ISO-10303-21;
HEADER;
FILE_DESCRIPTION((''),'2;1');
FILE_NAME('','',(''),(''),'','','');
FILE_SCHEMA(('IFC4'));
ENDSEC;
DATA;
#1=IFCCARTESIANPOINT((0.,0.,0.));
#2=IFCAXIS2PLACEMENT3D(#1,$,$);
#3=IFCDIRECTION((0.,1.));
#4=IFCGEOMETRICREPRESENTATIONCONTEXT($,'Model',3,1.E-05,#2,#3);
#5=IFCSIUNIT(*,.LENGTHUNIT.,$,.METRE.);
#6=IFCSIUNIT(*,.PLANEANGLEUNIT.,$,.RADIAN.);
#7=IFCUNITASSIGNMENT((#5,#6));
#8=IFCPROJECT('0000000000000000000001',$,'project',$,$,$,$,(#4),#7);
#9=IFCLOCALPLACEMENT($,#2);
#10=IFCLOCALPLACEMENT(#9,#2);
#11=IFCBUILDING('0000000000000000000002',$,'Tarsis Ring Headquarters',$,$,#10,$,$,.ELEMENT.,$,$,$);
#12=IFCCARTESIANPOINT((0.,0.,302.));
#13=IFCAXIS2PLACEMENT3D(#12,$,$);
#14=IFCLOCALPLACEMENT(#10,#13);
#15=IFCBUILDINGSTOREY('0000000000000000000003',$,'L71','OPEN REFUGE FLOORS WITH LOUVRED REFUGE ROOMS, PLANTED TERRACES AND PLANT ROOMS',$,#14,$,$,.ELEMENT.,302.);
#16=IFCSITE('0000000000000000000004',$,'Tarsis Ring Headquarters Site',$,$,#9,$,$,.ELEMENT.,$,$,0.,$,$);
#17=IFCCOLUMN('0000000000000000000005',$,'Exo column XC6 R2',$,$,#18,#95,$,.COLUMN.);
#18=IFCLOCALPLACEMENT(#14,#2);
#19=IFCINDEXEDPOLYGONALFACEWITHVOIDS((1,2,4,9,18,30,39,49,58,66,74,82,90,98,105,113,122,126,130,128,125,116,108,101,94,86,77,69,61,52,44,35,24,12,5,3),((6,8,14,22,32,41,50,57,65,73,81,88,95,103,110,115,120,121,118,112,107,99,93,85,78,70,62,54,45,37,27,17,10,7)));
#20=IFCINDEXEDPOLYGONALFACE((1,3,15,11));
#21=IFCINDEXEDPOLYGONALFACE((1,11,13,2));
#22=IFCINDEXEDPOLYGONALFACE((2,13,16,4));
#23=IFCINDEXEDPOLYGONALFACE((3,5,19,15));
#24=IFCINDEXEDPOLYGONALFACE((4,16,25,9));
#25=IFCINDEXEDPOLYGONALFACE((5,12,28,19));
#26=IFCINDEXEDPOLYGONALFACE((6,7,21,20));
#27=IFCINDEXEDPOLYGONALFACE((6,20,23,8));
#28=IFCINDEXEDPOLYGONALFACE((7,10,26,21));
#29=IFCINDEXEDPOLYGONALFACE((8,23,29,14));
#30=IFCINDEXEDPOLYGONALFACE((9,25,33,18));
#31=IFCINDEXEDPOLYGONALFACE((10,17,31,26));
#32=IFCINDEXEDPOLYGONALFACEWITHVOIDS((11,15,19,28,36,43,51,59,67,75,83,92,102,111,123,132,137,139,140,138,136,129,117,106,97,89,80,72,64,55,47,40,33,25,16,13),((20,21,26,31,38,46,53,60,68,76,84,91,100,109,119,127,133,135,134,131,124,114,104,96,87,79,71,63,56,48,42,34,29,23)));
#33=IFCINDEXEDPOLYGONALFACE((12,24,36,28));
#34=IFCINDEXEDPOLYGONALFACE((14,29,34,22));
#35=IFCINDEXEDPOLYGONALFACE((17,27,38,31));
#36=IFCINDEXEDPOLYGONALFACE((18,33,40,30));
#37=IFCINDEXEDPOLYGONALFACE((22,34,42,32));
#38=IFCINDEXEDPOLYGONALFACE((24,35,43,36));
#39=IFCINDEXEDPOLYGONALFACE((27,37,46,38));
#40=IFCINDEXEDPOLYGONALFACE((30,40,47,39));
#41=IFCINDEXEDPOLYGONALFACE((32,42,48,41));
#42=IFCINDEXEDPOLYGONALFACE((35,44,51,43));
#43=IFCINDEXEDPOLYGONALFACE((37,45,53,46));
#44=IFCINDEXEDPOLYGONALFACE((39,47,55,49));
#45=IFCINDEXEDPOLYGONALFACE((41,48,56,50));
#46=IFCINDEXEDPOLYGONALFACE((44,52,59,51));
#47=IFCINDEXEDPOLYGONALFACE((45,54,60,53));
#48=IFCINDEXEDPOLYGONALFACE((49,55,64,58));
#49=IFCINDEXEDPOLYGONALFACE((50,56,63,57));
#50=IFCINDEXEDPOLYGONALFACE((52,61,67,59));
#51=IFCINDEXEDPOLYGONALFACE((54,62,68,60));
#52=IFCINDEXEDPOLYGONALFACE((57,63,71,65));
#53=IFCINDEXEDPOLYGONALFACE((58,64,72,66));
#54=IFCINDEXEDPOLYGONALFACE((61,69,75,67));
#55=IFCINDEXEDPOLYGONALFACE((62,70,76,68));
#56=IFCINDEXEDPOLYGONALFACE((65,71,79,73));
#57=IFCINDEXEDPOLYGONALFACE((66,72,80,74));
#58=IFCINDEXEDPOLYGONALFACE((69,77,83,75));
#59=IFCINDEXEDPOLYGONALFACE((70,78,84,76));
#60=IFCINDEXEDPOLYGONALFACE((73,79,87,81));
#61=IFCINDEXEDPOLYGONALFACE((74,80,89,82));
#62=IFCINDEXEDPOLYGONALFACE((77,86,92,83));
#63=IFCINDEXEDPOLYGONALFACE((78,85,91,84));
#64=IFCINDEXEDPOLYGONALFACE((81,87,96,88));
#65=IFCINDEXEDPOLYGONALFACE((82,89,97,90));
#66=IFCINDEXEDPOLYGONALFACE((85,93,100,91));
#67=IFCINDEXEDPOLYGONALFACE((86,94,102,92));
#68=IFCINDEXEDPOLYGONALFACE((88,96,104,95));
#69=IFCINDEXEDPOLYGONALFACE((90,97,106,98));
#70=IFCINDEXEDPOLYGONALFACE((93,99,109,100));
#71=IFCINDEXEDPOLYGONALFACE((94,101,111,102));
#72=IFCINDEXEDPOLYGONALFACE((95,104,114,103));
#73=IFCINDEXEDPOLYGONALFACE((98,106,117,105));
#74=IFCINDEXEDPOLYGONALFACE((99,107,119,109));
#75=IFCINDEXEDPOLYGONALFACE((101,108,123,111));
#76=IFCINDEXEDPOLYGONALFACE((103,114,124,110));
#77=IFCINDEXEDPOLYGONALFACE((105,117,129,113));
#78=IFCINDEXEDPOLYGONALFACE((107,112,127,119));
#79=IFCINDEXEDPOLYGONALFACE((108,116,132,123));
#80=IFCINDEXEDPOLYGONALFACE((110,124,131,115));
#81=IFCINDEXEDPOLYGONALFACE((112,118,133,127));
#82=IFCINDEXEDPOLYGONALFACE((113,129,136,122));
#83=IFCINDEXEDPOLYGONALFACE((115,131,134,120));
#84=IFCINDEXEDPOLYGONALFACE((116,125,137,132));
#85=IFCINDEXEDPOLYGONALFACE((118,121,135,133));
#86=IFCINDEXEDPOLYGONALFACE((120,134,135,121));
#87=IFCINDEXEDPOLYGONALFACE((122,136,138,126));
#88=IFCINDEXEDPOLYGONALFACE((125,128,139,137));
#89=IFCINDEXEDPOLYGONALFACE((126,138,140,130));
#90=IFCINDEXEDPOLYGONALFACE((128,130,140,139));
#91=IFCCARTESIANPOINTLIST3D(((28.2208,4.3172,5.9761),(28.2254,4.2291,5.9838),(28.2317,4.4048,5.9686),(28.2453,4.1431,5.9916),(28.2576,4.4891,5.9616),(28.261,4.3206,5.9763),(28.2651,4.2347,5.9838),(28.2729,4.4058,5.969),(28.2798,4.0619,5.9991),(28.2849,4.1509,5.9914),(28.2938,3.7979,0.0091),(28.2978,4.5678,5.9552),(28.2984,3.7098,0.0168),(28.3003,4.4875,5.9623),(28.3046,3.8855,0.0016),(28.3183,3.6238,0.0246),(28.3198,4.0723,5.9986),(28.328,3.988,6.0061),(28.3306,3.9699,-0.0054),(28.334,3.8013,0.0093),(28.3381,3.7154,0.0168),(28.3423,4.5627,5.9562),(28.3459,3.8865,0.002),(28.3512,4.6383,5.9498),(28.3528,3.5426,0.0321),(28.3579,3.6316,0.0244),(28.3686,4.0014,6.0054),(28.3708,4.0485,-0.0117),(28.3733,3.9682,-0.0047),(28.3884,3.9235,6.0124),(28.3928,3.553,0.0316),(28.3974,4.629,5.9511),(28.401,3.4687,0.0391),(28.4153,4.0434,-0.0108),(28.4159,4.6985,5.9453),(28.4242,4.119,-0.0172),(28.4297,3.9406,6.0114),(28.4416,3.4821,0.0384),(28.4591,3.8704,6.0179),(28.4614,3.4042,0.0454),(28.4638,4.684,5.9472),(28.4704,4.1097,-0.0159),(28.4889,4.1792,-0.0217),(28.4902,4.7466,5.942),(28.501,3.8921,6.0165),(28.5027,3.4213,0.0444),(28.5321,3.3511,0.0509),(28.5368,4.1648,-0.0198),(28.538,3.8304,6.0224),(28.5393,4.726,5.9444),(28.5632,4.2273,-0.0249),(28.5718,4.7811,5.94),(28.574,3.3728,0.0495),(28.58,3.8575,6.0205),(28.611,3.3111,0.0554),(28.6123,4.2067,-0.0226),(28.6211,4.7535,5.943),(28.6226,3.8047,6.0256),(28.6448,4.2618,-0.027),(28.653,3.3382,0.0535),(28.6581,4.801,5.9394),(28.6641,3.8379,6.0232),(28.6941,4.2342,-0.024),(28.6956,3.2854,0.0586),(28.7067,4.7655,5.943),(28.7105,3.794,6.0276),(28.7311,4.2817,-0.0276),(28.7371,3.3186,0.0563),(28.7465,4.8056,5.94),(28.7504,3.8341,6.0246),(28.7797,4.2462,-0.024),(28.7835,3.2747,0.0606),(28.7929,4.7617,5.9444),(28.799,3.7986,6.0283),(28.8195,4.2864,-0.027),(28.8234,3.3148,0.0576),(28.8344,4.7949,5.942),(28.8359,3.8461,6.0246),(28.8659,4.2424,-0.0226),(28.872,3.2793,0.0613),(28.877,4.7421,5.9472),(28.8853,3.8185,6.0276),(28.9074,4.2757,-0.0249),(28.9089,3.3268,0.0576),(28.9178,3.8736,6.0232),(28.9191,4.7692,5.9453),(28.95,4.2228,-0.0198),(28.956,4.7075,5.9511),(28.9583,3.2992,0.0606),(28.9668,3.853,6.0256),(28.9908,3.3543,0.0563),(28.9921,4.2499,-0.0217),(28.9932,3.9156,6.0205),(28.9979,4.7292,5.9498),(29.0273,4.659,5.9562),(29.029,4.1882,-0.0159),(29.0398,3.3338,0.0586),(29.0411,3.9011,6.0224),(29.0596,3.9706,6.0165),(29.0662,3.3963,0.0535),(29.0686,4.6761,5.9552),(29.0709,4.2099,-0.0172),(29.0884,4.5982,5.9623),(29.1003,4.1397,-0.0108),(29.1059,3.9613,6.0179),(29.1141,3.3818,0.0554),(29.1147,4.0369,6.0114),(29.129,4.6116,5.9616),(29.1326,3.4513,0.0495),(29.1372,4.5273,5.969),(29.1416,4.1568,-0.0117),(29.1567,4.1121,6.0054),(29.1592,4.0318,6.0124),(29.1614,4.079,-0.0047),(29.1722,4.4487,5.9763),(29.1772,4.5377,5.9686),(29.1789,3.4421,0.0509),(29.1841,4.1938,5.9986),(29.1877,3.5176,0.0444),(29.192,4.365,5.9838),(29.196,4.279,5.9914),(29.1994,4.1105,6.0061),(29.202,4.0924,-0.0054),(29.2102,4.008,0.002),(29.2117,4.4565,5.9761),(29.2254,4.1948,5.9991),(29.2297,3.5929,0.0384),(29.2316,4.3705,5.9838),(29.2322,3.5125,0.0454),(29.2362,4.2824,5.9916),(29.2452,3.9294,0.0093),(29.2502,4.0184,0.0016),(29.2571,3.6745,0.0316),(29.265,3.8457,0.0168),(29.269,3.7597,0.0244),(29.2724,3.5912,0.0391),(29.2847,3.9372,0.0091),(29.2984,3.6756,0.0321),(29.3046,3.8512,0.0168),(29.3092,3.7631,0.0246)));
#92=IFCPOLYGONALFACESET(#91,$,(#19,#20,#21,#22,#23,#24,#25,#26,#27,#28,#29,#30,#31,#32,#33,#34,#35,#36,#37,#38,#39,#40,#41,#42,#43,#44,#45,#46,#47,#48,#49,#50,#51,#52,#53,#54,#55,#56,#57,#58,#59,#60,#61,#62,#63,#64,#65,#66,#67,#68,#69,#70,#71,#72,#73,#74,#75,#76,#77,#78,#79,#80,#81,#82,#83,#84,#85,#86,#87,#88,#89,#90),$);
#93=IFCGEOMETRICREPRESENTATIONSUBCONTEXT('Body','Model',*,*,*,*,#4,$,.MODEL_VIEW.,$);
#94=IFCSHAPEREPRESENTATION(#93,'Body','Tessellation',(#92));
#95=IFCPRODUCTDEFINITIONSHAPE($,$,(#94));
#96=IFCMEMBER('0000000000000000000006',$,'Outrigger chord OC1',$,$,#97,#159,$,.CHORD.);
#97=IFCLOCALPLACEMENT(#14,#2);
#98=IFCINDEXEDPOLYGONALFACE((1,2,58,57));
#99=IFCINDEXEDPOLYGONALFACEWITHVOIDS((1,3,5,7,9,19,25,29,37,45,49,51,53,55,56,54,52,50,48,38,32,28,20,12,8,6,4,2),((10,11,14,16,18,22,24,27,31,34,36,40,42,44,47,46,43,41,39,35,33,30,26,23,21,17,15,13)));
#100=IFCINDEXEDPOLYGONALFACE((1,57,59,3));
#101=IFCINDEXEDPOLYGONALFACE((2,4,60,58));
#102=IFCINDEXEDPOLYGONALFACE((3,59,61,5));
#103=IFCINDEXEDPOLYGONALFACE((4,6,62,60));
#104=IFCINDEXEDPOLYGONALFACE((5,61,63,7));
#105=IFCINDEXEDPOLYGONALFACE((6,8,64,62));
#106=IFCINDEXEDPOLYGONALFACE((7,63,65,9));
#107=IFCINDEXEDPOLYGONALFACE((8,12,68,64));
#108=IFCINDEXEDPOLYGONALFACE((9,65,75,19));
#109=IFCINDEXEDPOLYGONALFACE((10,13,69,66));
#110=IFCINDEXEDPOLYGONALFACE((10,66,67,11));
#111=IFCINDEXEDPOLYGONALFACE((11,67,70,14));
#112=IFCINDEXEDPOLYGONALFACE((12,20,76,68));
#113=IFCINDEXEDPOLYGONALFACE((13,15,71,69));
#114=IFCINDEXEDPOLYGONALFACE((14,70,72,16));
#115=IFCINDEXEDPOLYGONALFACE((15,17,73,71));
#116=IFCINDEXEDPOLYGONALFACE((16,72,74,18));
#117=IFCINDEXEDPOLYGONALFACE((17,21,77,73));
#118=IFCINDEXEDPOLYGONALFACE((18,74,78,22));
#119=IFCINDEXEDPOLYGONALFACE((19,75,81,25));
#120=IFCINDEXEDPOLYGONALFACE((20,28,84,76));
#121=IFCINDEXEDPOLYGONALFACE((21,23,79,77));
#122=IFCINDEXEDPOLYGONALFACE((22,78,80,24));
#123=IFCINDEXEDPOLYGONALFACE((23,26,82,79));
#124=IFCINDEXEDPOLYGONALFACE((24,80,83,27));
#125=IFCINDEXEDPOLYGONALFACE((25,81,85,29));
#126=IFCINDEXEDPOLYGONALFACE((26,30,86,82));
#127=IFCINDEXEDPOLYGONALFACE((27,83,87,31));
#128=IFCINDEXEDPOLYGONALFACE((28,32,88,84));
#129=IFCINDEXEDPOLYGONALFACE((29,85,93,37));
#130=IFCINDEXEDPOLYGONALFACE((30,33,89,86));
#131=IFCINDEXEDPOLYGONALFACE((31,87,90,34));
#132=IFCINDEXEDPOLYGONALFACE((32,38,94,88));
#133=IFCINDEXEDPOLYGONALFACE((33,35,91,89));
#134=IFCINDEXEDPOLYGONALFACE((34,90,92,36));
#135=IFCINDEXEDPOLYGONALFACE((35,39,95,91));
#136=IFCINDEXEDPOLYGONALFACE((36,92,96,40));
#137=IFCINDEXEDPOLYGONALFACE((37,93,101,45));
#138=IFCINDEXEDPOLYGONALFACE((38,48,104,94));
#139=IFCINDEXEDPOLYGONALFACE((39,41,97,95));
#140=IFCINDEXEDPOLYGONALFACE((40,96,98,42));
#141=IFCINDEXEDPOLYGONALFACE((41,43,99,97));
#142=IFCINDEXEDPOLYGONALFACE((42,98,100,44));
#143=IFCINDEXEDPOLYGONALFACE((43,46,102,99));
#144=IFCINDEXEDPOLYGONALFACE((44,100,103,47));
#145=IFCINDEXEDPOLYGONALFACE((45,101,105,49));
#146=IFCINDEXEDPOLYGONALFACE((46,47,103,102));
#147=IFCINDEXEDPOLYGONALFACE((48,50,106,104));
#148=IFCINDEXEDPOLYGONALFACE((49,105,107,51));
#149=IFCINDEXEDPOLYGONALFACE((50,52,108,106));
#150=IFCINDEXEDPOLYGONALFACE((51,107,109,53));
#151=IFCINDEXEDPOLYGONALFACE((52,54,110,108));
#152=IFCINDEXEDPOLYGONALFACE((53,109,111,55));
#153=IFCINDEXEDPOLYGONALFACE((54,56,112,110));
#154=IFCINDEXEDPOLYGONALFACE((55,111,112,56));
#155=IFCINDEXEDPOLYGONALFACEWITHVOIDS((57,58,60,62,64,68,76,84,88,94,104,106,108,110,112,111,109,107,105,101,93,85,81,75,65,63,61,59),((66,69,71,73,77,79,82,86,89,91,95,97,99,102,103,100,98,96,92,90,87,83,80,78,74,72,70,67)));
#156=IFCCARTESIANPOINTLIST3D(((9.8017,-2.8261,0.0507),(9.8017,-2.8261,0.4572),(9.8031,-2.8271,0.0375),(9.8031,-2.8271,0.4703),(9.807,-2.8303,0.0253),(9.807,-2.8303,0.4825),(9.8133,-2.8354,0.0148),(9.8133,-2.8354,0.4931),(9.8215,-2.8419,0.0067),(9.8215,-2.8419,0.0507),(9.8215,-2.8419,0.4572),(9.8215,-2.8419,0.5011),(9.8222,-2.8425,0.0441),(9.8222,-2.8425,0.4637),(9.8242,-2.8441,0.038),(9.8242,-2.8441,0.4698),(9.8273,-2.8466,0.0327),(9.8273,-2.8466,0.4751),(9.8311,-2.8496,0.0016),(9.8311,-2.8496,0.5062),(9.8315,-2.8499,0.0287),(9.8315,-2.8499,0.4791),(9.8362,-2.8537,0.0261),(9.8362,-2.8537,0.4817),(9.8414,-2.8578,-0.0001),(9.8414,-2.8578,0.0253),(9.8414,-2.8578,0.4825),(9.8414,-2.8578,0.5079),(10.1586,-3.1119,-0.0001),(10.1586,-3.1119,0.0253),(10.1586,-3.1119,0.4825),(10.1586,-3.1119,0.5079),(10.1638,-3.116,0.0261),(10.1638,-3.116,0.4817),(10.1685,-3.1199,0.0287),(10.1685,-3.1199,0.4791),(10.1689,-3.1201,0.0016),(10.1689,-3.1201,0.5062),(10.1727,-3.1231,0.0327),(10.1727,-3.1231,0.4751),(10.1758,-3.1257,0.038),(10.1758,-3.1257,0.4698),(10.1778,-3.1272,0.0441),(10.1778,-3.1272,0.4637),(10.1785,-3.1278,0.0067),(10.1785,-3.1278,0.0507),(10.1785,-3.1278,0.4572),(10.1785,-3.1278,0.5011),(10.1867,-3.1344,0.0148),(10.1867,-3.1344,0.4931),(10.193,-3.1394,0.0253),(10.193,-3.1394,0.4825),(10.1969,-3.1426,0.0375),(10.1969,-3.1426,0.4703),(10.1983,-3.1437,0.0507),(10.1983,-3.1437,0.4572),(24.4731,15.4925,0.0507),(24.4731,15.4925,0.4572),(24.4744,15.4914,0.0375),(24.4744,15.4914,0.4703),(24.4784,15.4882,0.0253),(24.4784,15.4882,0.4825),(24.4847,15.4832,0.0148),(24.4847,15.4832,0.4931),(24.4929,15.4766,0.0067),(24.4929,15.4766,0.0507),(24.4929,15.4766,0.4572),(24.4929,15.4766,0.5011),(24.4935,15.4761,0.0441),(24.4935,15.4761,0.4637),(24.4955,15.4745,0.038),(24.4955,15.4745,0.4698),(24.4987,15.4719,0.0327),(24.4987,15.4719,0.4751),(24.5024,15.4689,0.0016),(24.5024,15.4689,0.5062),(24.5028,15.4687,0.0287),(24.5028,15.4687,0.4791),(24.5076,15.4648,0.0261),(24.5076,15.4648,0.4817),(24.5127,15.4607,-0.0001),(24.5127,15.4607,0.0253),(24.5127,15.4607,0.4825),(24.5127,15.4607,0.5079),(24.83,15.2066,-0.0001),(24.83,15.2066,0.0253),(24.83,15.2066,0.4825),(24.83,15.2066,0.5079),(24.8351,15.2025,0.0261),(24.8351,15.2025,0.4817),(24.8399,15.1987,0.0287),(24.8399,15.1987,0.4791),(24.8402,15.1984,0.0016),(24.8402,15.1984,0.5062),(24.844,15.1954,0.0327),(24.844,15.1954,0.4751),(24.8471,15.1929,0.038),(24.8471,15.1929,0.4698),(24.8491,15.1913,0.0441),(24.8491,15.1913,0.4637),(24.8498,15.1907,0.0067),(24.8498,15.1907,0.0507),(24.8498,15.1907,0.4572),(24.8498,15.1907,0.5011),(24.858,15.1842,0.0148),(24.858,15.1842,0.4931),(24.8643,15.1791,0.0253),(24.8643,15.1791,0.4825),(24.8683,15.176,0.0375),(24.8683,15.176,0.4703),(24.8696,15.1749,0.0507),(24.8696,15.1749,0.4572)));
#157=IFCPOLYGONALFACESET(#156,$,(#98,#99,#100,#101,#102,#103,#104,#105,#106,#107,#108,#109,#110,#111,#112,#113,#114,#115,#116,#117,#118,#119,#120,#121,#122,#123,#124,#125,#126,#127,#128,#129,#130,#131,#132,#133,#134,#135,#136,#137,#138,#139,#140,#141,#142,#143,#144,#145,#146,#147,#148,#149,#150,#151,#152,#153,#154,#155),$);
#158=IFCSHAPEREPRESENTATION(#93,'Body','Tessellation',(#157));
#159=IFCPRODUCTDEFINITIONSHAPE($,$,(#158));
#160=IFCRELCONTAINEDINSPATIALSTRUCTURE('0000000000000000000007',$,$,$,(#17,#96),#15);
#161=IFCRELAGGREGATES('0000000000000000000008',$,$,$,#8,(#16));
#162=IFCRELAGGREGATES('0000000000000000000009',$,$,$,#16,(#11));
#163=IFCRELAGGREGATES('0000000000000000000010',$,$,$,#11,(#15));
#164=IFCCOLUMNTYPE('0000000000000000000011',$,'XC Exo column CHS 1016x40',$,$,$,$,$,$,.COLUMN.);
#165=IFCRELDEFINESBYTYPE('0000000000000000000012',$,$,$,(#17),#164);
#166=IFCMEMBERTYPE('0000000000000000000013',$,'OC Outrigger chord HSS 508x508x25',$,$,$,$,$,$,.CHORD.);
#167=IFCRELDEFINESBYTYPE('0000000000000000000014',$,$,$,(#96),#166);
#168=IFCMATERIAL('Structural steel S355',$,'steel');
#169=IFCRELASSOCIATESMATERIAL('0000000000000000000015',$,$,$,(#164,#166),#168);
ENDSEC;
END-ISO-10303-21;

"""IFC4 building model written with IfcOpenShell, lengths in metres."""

from ifc_helpers import new_model, si_unit, direction, frame, origin, origin_2d, place, context, subcontext, project, spatial, hollow_rectangle, hollow_circle, extrude, material, material_profile, profile_set, type_object, element, save


model = new_model("IFC4")

# Units and contexts
model_context = context("Model", 3, precision=1e-05, world=origin(), true_north=direction((0.0, 1.0)))
body_context = subcontext(model_context, "Body", "Model", "MODEL_VIEW")
ifc_project = project(units=[si_unit("LENGTHUNIT", "METRE"), si_unit("PLANEANGLEUNIT", "RADIAN")], contexts=[model_context])

# Site, building, storey
site_placement = place(None, origin())
site = spatial("IfcSite", under=ifc_project, at=site_placement, Name="Tarsis Ring Headquarters Site", CompositionType="ELEMENT", RefElevation=0.0)
building_placement = place(site_placement, origin())
building = spatial("IfcBuilding", under=site, at=building_placement, Name="Tarsis Ring Headquarters", CompositionType="ELEMENT")
storey_placement = place(building_placement, frame((0.0, 0.0, 302.0)))
storey = spatial("IfcBuildingStorey", under=building, at=storey_placement, Name="L71", Description="OPEN REFUGE FLOORS WITH LOUVRED REFUGE ROOMS, PLANTED TERRACES AND PLANT ROOMS", CompositionType="ELEMENT", Elevation=302.0)

# Column
ifc_material_1 = material(Name="Structural steel S355", Category="steel")
ifc_material_profile_1 = material_profile(ifc_material_1, hollow_circle(Radius=0.5081, WallThickness=0.04, at=origin_2d()), Name="CHS 1016x40")
ifc_profile_set_1 = profile_set([ifc_material_profile_1], Name="Structural steel S355")
column_type = type_object("IfcColumnType", Name="XC Exo column CHS 1016x40", PredefinedType="COLUMN", material=ifc_profile_set_1)
column_placement = place(storey_placement, frame((28.8015, 3.7805, 0.0168), z_axis=(-0.012187, 0.086692, 0.996161), x_axis=(-0.990264, -0.139205, 0.0)))
element("IfcColumn", 1, at=column_placement, inside=storey, type_object=column_type, Name="Exo column XC6 R2", PredefinedType="COLUMN", context=body_context, shape_type="SweptSolid", body=[
    extrude(hollow_circle(Radius=0.5081, WallThickness=0.04, at=origin_2d()), origin(), (0.0, 0.0, 1.0), 5.99),
])

# Member
ifc_material_profile_2 = material_profile(ifc_material_1, hollow_rectangle(XDim=0.5081, YDim=0.5081, WallThickness=0.0254, InnerFilletRadius=0.0254, OuterFilletRadius=0.0508, at=origin_2d()), Name="HSS 508x508x25")
ifc_profile_set_2 = profile_set([ifc_material_profile_2], Name="Structural steel S355")
member_type_1 = type_object("IfcMemberType", Name="OC Outrigger chord HSS 508x508x25", PredefinedType="CHORD", material=ifc_profile_set_2)
member_1_placement = place(storey_placement, frame((10.0, -2.9849, 0.2539), z_axis=(0.625124, 0.780526, 0.0), x_axis=(-0.780526, 0.625124, 0.0)))
element("IfcMember", 2, at=member_1_placement, inside=storey, type_object=member_type_1, Name="Outrigger chord OC1", PredefinedType="CHORD", context=body_context, shape_type="SweptSolid", body=[
    extrude(hollow_rectangle(XDim=0.5081, YDim=0.5081, WallThickness=0.0254, InnerFilletRadius=0.0254, OuterFilletRadius=0.0508, at=origin_2d()), origin(), (0.0, 0.0, 1.0), 23.4695),
])

save(model, "model.ifc")
